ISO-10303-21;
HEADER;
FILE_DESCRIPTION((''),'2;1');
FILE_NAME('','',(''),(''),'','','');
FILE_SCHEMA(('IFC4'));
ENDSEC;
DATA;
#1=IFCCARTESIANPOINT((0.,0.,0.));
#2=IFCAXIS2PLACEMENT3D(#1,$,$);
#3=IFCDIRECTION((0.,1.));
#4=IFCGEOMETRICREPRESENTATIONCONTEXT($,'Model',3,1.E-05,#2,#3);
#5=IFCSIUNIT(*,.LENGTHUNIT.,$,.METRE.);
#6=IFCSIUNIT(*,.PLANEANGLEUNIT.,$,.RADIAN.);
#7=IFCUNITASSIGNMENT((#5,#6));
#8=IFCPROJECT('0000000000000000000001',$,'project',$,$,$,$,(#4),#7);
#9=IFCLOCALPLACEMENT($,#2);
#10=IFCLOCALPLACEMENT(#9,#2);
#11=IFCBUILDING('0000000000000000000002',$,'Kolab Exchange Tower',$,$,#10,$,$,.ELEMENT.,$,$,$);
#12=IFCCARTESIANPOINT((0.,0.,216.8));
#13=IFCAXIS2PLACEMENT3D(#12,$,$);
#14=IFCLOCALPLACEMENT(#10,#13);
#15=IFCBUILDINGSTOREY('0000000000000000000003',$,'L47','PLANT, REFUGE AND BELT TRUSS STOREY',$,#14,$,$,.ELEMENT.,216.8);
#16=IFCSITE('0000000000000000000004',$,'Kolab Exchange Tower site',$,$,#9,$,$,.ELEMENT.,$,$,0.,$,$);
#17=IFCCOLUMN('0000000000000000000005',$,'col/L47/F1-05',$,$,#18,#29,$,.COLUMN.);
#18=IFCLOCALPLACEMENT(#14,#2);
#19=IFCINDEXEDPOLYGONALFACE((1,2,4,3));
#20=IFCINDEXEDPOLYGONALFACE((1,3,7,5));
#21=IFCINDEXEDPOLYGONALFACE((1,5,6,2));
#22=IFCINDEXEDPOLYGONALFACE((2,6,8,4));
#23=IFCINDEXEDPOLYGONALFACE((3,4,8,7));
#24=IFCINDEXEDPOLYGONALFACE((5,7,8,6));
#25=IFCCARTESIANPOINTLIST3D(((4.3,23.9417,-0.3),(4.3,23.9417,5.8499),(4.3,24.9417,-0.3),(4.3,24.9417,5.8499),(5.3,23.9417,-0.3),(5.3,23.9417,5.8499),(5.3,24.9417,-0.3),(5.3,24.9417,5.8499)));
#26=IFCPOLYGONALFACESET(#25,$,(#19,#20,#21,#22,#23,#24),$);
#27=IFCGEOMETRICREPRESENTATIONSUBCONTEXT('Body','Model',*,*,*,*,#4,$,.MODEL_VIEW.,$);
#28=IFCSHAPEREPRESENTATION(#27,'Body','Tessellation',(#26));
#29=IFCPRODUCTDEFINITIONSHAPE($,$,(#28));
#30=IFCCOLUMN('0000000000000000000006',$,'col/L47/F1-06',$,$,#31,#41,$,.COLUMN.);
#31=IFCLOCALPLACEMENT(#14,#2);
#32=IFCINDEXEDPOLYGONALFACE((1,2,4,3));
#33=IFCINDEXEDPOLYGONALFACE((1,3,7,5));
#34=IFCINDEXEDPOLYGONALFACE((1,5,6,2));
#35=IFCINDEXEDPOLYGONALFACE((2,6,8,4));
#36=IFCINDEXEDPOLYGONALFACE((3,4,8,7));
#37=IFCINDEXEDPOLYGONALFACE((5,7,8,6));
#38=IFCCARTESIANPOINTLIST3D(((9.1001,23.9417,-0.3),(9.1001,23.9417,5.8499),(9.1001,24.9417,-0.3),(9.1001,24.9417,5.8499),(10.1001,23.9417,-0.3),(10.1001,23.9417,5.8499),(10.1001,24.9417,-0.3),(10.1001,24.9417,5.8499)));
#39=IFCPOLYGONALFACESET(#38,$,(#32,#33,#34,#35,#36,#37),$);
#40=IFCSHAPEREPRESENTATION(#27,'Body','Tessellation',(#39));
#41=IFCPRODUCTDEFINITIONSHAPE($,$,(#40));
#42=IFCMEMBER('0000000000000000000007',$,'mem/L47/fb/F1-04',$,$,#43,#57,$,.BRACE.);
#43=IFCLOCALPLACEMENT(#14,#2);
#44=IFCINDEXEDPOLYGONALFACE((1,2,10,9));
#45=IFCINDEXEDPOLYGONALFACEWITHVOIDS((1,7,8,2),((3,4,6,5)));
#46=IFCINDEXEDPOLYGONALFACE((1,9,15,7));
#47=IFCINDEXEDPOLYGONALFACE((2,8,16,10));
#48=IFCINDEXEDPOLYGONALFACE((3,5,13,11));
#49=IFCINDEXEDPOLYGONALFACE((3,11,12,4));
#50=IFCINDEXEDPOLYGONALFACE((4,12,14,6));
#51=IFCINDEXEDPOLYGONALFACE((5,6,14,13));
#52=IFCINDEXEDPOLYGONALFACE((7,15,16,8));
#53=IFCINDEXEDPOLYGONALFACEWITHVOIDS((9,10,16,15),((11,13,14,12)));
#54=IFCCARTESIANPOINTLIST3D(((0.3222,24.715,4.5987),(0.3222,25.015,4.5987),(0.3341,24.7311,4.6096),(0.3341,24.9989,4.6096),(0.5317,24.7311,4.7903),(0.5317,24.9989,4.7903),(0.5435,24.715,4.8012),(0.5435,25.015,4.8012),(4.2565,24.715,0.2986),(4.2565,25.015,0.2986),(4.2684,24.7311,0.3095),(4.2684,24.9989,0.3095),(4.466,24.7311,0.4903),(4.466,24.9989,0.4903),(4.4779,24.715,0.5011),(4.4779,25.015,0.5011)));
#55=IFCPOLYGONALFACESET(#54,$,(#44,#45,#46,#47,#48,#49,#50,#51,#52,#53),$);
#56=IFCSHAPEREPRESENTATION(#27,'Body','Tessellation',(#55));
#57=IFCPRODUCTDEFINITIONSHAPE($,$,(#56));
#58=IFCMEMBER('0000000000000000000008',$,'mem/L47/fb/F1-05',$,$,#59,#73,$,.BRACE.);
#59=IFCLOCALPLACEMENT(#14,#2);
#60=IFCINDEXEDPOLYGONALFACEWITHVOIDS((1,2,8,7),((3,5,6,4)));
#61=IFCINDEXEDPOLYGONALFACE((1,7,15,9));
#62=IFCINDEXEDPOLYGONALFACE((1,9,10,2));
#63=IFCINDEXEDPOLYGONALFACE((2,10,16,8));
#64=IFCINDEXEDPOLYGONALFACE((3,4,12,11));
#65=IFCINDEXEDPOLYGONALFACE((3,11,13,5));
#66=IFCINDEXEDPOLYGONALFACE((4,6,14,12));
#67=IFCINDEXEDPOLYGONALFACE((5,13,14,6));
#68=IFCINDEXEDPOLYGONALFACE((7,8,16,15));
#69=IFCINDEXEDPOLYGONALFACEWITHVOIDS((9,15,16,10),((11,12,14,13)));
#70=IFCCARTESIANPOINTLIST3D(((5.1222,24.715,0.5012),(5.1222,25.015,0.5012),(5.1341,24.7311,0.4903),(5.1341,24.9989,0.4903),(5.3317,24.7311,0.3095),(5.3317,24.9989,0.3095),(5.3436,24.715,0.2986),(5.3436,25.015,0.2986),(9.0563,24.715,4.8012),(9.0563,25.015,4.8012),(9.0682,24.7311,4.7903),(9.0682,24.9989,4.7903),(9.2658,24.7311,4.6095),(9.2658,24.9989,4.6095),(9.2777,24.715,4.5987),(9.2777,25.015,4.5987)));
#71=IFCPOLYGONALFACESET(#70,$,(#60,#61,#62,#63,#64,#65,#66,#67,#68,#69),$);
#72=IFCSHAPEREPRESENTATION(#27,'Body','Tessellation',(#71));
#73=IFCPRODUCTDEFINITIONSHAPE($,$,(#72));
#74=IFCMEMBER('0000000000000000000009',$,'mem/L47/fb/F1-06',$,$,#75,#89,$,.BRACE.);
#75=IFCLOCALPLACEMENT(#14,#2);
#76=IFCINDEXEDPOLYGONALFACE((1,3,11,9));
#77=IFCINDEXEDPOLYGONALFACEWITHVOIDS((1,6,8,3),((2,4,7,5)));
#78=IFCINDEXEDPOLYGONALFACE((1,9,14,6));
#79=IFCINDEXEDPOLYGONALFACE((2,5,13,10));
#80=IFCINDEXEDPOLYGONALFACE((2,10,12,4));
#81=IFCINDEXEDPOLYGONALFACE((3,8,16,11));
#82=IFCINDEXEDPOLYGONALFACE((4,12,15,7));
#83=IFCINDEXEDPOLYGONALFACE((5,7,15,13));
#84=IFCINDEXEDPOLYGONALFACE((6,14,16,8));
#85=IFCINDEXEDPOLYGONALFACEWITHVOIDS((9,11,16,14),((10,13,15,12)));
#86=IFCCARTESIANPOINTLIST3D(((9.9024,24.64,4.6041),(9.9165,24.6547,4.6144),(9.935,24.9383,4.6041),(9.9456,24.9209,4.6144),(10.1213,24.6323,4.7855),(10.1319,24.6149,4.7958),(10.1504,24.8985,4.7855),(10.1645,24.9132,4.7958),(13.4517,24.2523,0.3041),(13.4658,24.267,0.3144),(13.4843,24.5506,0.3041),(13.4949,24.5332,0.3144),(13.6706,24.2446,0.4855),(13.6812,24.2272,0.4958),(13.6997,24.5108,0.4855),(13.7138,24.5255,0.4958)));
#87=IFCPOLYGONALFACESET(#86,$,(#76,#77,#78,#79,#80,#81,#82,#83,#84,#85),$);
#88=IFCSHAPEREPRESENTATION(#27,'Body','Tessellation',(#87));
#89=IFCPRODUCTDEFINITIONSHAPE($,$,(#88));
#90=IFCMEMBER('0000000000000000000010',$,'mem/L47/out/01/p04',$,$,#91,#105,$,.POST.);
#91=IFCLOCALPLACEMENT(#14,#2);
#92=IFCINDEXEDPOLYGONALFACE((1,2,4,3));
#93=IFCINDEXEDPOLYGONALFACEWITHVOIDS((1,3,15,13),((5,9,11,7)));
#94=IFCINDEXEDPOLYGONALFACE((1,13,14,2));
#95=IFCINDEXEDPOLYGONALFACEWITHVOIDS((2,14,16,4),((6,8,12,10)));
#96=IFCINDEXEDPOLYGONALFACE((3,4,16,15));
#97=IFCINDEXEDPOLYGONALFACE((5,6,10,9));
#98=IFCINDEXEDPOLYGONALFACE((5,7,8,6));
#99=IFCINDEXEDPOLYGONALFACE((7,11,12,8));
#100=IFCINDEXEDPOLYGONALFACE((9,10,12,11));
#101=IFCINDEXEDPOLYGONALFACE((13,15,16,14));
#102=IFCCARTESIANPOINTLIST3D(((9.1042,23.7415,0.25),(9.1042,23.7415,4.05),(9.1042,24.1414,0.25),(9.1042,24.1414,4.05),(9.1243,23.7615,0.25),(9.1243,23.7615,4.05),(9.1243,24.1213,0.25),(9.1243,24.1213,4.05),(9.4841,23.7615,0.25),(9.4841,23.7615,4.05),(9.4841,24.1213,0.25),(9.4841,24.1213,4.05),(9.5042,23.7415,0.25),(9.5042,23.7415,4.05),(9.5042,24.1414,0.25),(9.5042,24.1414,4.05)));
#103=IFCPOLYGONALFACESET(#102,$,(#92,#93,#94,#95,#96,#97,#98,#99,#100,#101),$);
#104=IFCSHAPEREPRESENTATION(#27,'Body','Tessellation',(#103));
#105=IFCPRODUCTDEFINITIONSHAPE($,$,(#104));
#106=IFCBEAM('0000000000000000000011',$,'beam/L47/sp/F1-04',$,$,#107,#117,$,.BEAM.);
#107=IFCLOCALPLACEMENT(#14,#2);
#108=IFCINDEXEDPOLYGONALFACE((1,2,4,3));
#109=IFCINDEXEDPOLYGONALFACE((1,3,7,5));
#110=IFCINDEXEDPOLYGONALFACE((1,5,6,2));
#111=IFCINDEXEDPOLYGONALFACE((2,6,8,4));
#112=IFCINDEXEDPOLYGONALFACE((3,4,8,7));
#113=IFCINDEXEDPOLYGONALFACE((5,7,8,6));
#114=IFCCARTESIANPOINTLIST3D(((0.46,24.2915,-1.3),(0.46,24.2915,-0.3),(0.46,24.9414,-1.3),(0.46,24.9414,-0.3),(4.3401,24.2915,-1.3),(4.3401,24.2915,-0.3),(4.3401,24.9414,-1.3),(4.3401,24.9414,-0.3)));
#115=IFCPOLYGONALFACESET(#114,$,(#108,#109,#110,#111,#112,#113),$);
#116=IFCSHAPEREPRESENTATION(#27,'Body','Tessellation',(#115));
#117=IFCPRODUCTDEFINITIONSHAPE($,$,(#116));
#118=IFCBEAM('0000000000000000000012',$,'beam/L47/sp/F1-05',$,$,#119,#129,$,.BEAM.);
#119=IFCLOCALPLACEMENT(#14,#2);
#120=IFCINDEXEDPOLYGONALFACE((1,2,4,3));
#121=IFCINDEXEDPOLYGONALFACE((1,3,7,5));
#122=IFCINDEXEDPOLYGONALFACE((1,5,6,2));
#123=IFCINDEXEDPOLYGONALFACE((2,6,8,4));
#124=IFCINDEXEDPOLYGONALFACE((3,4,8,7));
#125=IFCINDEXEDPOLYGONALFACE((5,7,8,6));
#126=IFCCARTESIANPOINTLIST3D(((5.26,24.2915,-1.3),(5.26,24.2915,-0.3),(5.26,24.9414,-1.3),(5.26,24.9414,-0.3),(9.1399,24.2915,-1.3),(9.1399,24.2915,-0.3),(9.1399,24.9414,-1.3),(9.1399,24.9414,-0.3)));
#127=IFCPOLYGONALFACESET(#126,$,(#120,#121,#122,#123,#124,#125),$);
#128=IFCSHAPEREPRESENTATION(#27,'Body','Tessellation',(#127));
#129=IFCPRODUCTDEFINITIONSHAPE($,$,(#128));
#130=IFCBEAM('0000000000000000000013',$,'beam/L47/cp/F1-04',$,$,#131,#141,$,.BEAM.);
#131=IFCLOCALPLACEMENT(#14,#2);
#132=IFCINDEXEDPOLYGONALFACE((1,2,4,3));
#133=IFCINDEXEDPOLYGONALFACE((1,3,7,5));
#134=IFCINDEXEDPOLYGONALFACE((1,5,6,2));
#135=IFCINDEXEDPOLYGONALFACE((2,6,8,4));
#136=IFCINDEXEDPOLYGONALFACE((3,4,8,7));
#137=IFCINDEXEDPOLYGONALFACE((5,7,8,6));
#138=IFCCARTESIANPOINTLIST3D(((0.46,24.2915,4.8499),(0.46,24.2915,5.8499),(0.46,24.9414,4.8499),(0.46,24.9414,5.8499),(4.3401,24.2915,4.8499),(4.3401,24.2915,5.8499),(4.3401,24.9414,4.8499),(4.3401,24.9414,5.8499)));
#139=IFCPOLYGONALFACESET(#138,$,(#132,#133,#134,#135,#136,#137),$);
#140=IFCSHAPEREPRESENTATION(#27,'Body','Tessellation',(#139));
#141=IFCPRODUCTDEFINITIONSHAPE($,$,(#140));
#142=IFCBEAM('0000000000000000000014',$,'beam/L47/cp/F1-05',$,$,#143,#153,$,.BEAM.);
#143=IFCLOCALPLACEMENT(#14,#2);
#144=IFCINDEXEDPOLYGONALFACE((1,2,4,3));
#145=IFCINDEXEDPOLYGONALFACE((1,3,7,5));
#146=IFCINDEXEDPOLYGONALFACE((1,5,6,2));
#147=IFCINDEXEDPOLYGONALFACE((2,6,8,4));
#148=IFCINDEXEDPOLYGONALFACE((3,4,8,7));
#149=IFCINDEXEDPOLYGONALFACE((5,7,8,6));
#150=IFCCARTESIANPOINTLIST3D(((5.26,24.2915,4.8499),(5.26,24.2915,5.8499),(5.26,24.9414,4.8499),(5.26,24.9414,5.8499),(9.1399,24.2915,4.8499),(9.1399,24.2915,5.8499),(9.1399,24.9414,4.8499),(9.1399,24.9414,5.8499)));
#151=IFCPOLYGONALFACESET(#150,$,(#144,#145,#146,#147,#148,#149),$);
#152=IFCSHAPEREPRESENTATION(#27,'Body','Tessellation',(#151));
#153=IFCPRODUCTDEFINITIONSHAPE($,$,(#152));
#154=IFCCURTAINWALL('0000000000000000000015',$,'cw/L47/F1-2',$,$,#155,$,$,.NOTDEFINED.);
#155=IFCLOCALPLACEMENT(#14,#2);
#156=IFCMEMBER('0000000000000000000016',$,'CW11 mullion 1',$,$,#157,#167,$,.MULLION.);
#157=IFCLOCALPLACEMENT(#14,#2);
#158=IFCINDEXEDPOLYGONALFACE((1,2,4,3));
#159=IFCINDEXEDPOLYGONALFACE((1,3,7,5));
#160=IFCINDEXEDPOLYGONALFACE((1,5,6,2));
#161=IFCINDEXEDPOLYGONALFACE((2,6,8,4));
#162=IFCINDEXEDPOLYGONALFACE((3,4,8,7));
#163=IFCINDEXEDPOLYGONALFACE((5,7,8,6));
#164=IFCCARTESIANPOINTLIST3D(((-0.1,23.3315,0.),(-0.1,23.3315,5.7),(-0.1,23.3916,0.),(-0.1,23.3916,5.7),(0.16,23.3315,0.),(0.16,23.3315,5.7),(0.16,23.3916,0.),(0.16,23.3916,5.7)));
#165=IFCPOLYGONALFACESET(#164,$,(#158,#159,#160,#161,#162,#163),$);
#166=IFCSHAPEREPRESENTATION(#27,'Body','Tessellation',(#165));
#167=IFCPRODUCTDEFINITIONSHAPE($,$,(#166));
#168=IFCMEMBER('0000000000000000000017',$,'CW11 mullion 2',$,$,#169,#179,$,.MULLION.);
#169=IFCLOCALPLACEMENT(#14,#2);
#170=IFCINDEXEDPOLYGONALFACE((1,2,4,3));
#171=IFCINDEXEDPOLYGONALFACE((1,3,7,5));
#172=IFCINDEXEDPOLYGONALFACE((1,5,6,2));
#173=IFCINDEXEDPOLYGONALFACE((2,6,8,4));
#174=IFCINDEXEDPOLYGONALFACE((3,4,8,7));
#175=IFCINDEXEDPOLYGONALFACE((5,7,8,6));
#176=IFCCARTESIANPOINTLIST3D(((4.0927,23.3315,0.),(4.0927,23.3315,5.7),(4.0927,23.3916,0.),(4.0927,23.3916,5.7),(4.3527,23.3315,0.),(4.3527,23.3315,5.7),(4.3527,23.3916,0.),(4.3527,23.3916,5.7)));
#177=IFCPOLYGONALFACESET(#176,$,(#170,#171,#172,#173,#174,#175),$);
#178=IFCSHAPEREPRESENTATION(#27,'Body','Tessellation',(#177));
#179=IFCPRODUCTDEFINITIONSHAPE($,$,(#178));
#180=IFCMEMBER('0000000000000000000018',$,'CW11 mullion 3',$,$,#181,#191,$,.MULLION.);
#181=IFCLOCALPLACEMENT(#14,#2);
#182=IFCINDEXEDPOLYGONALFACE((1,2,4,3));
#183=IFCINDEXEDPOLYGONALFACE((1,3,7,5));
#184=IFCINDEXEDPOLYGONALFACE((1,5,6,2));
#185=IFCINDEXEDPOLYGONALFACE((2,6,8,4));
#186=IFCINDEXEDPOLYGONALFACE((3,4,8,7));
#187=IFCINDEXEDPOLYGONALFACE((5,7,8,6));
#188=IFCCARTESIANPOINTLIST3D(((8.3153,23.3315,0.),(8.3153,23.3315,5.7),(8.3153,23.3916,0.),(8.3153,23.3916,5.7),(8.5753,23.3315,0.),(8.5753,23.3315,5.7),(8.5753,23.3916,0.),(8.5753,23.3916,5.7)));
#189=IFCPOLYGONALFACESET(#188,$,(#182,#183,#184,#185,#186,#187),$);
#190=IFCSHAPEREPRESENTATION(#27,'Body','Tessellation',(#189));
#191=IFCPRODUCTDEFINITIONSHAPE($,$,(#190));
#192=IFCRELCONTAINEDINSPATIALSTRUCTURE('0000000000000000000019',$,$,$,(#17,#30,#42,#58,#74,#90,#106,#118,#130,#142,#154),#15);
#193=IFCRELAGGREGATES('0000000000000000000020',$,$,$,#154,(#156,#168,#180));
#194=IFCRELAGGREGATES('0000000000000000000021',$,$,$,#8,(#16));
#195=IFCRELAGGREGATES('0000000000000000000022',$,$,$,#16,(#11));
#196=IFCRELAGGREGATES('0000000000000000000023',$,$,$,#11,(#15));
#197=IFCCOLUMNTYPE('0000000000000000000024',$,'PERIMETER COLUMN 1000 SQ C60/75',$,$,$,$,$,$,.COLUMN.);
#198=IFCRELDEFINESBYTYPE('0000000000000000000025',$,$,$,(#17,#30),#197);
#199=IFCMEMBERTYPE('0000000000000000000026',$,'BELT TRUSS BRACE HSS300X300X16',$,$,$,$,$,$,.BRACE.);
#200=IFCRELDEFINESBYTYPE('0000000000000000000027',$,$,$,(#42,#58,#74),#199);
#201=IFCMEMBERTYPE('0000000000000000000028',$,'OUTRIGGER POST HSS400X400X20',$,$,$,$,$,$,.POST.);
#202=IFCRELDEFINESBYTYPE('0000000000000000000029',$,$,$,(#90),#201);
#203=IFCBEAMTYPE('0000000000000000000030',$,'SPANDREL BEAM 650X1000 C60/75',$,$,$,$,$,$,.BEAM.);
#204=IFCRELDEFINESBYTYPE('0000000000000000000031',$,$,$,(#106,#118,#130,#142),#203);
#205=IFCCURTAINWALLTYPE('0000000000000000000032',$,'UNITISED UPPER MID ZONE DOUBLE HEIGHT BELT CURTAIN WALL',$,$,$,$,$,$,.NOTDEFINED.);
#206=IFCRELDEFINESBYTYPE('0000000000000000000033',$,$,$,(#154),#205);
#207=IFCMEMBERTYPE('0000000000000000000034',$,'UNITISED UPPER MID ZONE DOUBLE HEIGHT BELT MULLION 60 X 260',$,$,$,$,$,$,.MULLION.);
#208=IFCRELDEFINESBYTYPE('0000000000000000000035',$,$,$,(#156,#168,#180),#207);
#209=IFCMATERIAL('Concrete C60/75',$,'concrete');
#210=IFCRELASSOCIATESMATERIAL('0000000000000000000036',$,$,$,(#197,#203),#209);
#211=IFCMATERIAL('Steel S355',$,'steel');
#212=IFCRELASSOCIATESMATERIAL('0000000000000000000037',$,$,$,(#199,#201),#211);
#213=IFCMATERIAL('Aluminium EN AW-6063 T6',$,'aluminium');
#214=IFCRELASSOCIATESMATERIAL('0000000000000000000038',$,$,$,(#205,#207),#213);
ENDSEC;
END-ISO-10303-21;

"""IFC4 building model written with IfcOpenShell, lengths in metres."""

from ifc_helpers import new_model, si_unit, direction, frame, origin, origin_2d, place, context, subcontext, project, spatial, rectangle, hollow_rectangle, extrude, material, material_profile, profile_set, type_object, element, aggregate, save


model = new_model("IFC4")

# Units and contexts
model_context = context("Model", 3, precision=1e-05, world=origin(), true_north=direction((0.0, 1.0)))
body_context = subcontext(model_context, "Body", "Model", "MODEL_VIEW")
ifc_project = project(units=[si_unit("LENGTHUNIT", "METRE"), si_unit("PLANEANGLEUNIT", "RADIAN")], contexts=[model_context])

# Site, building, storey
site_placement = place(None, origin())
site = spatial("IfcSite", under=ifc_project, at=site_placement, Name="Kolab Exchange Tower site", CompositionType="ELEMENT", RefElevation=0.0)
building_placement = place(site_placement, origin())
building = spatial("IfcBuilding", under=site, at=building_placement, Name="Kolab Exchange Tower", CompositionType="ELEMENT")
storey_placement = place(building_placement, frame((0.0, 0.0, 216.8)))
storey = spatial("IfcBuildingStorey", under=building, at=storey_placement, Name="L47", Description="PLANT, REFUGE AND BELT TRUSS STOREY", CompositionType="ELEMENT", Elevation=216.8)

# Columns
ifc_material_1 = material(Name="Concrete C60/75", Category="concrete")
ifc_material_profile_1 = material_profile(ifc_material_1, rectangle(XDim=1.0, YDim=1.0, at=origin_2d()), Name="RC1000")
ifc_profile_set_1 = profile_set([ifc_material_profile_1], Name="Concrete C60/75")
column_type = type_object("IfcColumnType", Name="PERIMETER COLUMN 1000 SQ C60/75", PredefinedType="COLUMN", material=ifc_profile_set_1)
for number, where, z_axis, x_axis, name in (
    (1, (4.8, 24.4417, -0.3), (0.0, 0.0, 1.0), (1.0, 0.0, 0.0), "col/L47/F1-05"),
    (2, (9.6001, 24.4417, -0.3), (0.0, 0.0, 1.0), (1.0, 0.0, 0.0), "col/L47/F1-06"),
):
    element("IfcColumn", number, at=place(storey_placement, frame(where, z_axis=z_axis, x_axis=x_axis)), inside=storey, type_object=column_type, Name=name, PredefinedType="COLUMN", context=body_context, shape_type="SweptSolid", body=[
        extrude(rectangle(XDim=1.0, YDim=1.0, at=origin_2d()), origin(), (0.0, 0.0, 1.0), 6.1499),
    ])

# Members
ifc_material_2 = material(Name="Steel S355", Category="steel")
ifc_material_profile_2 = material_profile(ifc_material_2, hollow_rectangle(XDim=0.3, YDim=0.3, WallThickness=0.0161, at=origin_2d()), Name="HSS300X300X16")
ifc_profile_set_2 = profile_set([ifc_material_profile_2], Name="Steel S355")
member_type_1 = type_object("IfcMemberType", Name="BELT TRUSS BRACE HSS300X300X16", PredefinedType="BRACE", material=ifc_profile_set_2)
member_1_placement = place(storey_placement, frame((0.4329, 24.865, 4.7), z_axis=(0.675036, 0.0, -0.737785), x_axis=(0.0, 1.0, 0.0)))
element("IfcMember", 3, at=member_1_placement, inside=storey, type_object=member_type_1, Name="mem/L47/fb/F1-04", PredefinedType="BRACE", context=body_context, shape_type="SweptSolid", body=[
    extrude(hollow_rectangle(XDim=0.3, YDim=0.3, WallThickness=0.0161, at=origin_2d()), origin(), (0.0, 0.0, 1.0), 5.8284),
])
member_2_placement = place(storey_placement, frame((5.2329, 24.865, 0.3999), z_axis=(0.675013, 0.0, 0.737806), x_axis=(0.0, 1.0, 0.0)))
element("IfcMember", 4, at=member_2_placement, inside=storey, type_object=member_type_1, Name="mem/L47/fb/F1-05", PredefinedType="BRACE", context=body_context, shape_type="SweptSolid", body=[
    extrude(hollow_rectangle(XDim=0.3, YDim=0.3, WallThickness=0.0161, at=origin_2d()), origin(), (0.0, 0.0, 1.0), 5.8281),
])
member_3_placement = place(storey_placement, frame((10.0334, 24.7766, 4.7), z_axis=(0.635039, -0.069366, -0.769359), x_axis=(0.108585, 0.994087, 0.0)))
element("IfcMember", 5, at=member_3_placement, inside=storey, type_object=member_type_1, Name="mem/L47/fb/F1-06", PredefinedType="BRACE", context=body_context, shape_type="SweptSolid", body=[
    extrude(hollow_rectangle(XDim=0.3, YDim=0.3, WallThickness=0.0161, at=origin_2d()), origin(), (0.0, 0.0, 1.0), 5.5891),
])
ifc_material_profile_3 = material_profile(ifc_material_2, hollow_rectangle(XDim=0.3999, YDim=0.3999, WallThickness=0.02, at=origin_2d()), Name="HSS400X400X20")
ifc_profile_set_3 = profile_set([ifc_material_profile_3], Name="Steel S355")
member_type_2 = type_object("IfcMemberType", Name="OUTRIGGER POST HSS400X400X20", PredefinedType="POST", material=ifc_profile_set_3)
member_4_placement = place(storey_placement, frame((9.3042, 23.9414, 0.25), z_axis=(0.0, 0.0, 1.0), x_axis=(1.0, 0.0, 0.0)))
element("IfcMember", 6, at=member_4_placement, inside=storey, type_object=member_type_2, Name="mem/L47/out/01/p04", PredefinedType="POST", context=body_context, shape_type="SweptSolid", body=[
    extrude(hollow_rectangle(XDim=0.3999, YDim=0.3999, WallThickness=0.02, at=origin_2d()), origin(), (0.0, 0.0, 1.0), 3.8),
])

# Beams
ifc_material_profile_4 = material_profile(ifc_material_1, rectangle(XDim=0.6499, YDim=1.0, at=origin_2d()), Name="RC650X1000")
ifc_profile_set_4 = profile_set([ifc_material_profile_4], Name="Concrete C60/75")
beam_type = type_object("IfcBeamType", Name="SPANDREL BEAM 650X1000 C60/75", PredefinedType="BEAM", material=ifc_profile_set_4)
beam_1_placement = place(storey_placement, frame((0.46, 24.6165, -0.8), z_axis=(1.0, 0.0, 0.0), x_axis=(0.0, 1.0, 0.0)))
element("IfcBeam", 7, at=beam_1_placement, inside=storey, type_object=beam_type, Name="beam/L47/sp/F1-04", PredefinedType="BEAM", context=body_context, shape_type="SweptSolid", body=[
    extrude(rectangle(XDim=0.6499, YDim=1.0, at=origin_2d()), origin(), (0.0, 0.0, 1.0), 3.8801),
])
beam_2_placement = place(storey_placement, frame((5.26, 24.6165, -0.8), z_axis=(1.0, 0.0, 0.0), x_axis=(0.0, 1.0, 0.0)))
element("IfcBeam", 8, at=beam_2_placement, inside=storey, type_object=beam_type, Name="beam/L47/sp/F1-05", PredefinedType="BEAM", context=body_context, shape_type="SweptSolid", body=[
    extrude(rectangle(XDim=0.6499, YDim=1.0, at=origin_2d()), origin(), (0.0, 0.0, 1.0), 3.8799),
])
beam_3_placement = place(storey_placement, frame((0.46, 24.6165, 5.3499), z_axis=(1.0, 0.0, 0.0), x_axis=(0.0, 1.0, 0.0)))
element("IfcBeam", 9, at=beam_3_placement, inside=storey, type_object=beam_type, Name="beam/L47/cp/F1-04", PredefinedType="BEAM", context=body_context, shape_type="SweptSolid", body=[
    extrude(rectangle(XDim=0.6499, YDim=1.0, at=origin_2d()), origin(), (0.0, 0.0, 1.0), 3.8801),
])
beam_4_placement = place(storey_placement, frame((5.26, 24.6165, 5.3499), z_axis=(1.0, 0.0, 0.0), x_axis=(0.0, 1.0, 0.0)))
element("IfcBeam", 10, at=beam_4_placement, inside=storey, type_object=beam_type, Name="beam/L47/cp/F1-05", PredefinedType="BEAM", context=body_context, shape_type="SweptSolid", body=[
    extrude(rectangle(XDim=0.6499, YDim=1.0, at=origin_2d()), origin(), (0.0, 0.0, 1.0), 3.8799),
])

# Curtain wall, members
ifc_material_3 = material(Name="Aluminium EN AW-6063 T6", Category="aluminium")
curtain_wall_type = type_object("IfcCurtainWallType", Name="UNITISED UPPER MID ZONE DOUBLE HEIGHT BELT CURTAIN WALL", PredefinedType="NOTDEFINED", material=ifc_material_3)
curtain_wall_placement = place(storey_placement, origin())
curtain_wall = element("IfcCurtainWall", 11, at=curtain_wall_placement, inside=storey, type_object=curtain_wall_type, Name="cw/L47/F1-2", PredefinedType="NOTDEFINED")
ifc_material_profile_5 = material_profile(ifc_material_3, rectangle(XDim=0.0601, YDim=0.26, at=origin_2d()), Name="RECT 60X260")
ifc_profile_set_5 = profile_set([ifc_material_profile_5], Name="Aluminium EN AW-6063 T6")
member_type_3 = type_object("IfcMemberType", Name="UNITISED UPPER MID ZONE DOUBLE HEIGHT BELT MULLION 60 X 260", PredefinedType="MULLION", material=ifc_profile_set_5)
member_5_placement = place(storey_placement, frame((0.03, 23.3616, 0.0), z_axis=(0.0, 0.0, 1.0), x_axis=(0.0, 1.0, 0.0)))
member_5 = element("IfcMember", 12, at=member_5_placement, type_object=member_type_3, Name="CW11 mullion 1", PredefinedType="MULLION", context=body_context, shape_type="SweptSolid", body=[
    extrude(rectangle(XDim=0.0601, YDim=0.26, at=origin_2d()), origin(), (0.0, 0.0, 1.0), 5.7),
])
member_6_placement = place(storey_placement, frame((4.2227, 23.3616, 0.0), z_axis=(0.0, 0.0, 1.0), x_axis=(0.0, 1.0, 0.0)))
member_6 = element("IfcMember", 13, at=member_6_placement, type_object=member_type_3, Name="CW11 mullion 2", PredefinedType="MULLION", context=body_context, shape_type="SweptSolid", body=[
    extrude(rectangle(XDim=0.0601, YDim=0.26, at=origin_2d()), origin(), (0.0, 0.0, 1.0), 5.7),
])
member_7_placement = place(storey_placement, frame((8.4453, 23.3616, 0.0), z_axis=(0.0, 0.0, 1.0), x_axis=(0.0, 1.0, 0.0)))
member_7 = element("IfcMember", 14, at=member_7_placement, type_object=member_type_3, Name="CW11 mullion 3", PredefinedType="MULLION", context=body_context, shape_type="SweptSolid", body=[
    extrude(rectangle(XDim=0.0601, YDim=0.26, at=origin_2d()), origin(), (0.0, 0.0, 1.0), 5.7),
])
aggregate(curtain_wall, [member_5, member_6, member_7])

save(model, "model.ifc")
